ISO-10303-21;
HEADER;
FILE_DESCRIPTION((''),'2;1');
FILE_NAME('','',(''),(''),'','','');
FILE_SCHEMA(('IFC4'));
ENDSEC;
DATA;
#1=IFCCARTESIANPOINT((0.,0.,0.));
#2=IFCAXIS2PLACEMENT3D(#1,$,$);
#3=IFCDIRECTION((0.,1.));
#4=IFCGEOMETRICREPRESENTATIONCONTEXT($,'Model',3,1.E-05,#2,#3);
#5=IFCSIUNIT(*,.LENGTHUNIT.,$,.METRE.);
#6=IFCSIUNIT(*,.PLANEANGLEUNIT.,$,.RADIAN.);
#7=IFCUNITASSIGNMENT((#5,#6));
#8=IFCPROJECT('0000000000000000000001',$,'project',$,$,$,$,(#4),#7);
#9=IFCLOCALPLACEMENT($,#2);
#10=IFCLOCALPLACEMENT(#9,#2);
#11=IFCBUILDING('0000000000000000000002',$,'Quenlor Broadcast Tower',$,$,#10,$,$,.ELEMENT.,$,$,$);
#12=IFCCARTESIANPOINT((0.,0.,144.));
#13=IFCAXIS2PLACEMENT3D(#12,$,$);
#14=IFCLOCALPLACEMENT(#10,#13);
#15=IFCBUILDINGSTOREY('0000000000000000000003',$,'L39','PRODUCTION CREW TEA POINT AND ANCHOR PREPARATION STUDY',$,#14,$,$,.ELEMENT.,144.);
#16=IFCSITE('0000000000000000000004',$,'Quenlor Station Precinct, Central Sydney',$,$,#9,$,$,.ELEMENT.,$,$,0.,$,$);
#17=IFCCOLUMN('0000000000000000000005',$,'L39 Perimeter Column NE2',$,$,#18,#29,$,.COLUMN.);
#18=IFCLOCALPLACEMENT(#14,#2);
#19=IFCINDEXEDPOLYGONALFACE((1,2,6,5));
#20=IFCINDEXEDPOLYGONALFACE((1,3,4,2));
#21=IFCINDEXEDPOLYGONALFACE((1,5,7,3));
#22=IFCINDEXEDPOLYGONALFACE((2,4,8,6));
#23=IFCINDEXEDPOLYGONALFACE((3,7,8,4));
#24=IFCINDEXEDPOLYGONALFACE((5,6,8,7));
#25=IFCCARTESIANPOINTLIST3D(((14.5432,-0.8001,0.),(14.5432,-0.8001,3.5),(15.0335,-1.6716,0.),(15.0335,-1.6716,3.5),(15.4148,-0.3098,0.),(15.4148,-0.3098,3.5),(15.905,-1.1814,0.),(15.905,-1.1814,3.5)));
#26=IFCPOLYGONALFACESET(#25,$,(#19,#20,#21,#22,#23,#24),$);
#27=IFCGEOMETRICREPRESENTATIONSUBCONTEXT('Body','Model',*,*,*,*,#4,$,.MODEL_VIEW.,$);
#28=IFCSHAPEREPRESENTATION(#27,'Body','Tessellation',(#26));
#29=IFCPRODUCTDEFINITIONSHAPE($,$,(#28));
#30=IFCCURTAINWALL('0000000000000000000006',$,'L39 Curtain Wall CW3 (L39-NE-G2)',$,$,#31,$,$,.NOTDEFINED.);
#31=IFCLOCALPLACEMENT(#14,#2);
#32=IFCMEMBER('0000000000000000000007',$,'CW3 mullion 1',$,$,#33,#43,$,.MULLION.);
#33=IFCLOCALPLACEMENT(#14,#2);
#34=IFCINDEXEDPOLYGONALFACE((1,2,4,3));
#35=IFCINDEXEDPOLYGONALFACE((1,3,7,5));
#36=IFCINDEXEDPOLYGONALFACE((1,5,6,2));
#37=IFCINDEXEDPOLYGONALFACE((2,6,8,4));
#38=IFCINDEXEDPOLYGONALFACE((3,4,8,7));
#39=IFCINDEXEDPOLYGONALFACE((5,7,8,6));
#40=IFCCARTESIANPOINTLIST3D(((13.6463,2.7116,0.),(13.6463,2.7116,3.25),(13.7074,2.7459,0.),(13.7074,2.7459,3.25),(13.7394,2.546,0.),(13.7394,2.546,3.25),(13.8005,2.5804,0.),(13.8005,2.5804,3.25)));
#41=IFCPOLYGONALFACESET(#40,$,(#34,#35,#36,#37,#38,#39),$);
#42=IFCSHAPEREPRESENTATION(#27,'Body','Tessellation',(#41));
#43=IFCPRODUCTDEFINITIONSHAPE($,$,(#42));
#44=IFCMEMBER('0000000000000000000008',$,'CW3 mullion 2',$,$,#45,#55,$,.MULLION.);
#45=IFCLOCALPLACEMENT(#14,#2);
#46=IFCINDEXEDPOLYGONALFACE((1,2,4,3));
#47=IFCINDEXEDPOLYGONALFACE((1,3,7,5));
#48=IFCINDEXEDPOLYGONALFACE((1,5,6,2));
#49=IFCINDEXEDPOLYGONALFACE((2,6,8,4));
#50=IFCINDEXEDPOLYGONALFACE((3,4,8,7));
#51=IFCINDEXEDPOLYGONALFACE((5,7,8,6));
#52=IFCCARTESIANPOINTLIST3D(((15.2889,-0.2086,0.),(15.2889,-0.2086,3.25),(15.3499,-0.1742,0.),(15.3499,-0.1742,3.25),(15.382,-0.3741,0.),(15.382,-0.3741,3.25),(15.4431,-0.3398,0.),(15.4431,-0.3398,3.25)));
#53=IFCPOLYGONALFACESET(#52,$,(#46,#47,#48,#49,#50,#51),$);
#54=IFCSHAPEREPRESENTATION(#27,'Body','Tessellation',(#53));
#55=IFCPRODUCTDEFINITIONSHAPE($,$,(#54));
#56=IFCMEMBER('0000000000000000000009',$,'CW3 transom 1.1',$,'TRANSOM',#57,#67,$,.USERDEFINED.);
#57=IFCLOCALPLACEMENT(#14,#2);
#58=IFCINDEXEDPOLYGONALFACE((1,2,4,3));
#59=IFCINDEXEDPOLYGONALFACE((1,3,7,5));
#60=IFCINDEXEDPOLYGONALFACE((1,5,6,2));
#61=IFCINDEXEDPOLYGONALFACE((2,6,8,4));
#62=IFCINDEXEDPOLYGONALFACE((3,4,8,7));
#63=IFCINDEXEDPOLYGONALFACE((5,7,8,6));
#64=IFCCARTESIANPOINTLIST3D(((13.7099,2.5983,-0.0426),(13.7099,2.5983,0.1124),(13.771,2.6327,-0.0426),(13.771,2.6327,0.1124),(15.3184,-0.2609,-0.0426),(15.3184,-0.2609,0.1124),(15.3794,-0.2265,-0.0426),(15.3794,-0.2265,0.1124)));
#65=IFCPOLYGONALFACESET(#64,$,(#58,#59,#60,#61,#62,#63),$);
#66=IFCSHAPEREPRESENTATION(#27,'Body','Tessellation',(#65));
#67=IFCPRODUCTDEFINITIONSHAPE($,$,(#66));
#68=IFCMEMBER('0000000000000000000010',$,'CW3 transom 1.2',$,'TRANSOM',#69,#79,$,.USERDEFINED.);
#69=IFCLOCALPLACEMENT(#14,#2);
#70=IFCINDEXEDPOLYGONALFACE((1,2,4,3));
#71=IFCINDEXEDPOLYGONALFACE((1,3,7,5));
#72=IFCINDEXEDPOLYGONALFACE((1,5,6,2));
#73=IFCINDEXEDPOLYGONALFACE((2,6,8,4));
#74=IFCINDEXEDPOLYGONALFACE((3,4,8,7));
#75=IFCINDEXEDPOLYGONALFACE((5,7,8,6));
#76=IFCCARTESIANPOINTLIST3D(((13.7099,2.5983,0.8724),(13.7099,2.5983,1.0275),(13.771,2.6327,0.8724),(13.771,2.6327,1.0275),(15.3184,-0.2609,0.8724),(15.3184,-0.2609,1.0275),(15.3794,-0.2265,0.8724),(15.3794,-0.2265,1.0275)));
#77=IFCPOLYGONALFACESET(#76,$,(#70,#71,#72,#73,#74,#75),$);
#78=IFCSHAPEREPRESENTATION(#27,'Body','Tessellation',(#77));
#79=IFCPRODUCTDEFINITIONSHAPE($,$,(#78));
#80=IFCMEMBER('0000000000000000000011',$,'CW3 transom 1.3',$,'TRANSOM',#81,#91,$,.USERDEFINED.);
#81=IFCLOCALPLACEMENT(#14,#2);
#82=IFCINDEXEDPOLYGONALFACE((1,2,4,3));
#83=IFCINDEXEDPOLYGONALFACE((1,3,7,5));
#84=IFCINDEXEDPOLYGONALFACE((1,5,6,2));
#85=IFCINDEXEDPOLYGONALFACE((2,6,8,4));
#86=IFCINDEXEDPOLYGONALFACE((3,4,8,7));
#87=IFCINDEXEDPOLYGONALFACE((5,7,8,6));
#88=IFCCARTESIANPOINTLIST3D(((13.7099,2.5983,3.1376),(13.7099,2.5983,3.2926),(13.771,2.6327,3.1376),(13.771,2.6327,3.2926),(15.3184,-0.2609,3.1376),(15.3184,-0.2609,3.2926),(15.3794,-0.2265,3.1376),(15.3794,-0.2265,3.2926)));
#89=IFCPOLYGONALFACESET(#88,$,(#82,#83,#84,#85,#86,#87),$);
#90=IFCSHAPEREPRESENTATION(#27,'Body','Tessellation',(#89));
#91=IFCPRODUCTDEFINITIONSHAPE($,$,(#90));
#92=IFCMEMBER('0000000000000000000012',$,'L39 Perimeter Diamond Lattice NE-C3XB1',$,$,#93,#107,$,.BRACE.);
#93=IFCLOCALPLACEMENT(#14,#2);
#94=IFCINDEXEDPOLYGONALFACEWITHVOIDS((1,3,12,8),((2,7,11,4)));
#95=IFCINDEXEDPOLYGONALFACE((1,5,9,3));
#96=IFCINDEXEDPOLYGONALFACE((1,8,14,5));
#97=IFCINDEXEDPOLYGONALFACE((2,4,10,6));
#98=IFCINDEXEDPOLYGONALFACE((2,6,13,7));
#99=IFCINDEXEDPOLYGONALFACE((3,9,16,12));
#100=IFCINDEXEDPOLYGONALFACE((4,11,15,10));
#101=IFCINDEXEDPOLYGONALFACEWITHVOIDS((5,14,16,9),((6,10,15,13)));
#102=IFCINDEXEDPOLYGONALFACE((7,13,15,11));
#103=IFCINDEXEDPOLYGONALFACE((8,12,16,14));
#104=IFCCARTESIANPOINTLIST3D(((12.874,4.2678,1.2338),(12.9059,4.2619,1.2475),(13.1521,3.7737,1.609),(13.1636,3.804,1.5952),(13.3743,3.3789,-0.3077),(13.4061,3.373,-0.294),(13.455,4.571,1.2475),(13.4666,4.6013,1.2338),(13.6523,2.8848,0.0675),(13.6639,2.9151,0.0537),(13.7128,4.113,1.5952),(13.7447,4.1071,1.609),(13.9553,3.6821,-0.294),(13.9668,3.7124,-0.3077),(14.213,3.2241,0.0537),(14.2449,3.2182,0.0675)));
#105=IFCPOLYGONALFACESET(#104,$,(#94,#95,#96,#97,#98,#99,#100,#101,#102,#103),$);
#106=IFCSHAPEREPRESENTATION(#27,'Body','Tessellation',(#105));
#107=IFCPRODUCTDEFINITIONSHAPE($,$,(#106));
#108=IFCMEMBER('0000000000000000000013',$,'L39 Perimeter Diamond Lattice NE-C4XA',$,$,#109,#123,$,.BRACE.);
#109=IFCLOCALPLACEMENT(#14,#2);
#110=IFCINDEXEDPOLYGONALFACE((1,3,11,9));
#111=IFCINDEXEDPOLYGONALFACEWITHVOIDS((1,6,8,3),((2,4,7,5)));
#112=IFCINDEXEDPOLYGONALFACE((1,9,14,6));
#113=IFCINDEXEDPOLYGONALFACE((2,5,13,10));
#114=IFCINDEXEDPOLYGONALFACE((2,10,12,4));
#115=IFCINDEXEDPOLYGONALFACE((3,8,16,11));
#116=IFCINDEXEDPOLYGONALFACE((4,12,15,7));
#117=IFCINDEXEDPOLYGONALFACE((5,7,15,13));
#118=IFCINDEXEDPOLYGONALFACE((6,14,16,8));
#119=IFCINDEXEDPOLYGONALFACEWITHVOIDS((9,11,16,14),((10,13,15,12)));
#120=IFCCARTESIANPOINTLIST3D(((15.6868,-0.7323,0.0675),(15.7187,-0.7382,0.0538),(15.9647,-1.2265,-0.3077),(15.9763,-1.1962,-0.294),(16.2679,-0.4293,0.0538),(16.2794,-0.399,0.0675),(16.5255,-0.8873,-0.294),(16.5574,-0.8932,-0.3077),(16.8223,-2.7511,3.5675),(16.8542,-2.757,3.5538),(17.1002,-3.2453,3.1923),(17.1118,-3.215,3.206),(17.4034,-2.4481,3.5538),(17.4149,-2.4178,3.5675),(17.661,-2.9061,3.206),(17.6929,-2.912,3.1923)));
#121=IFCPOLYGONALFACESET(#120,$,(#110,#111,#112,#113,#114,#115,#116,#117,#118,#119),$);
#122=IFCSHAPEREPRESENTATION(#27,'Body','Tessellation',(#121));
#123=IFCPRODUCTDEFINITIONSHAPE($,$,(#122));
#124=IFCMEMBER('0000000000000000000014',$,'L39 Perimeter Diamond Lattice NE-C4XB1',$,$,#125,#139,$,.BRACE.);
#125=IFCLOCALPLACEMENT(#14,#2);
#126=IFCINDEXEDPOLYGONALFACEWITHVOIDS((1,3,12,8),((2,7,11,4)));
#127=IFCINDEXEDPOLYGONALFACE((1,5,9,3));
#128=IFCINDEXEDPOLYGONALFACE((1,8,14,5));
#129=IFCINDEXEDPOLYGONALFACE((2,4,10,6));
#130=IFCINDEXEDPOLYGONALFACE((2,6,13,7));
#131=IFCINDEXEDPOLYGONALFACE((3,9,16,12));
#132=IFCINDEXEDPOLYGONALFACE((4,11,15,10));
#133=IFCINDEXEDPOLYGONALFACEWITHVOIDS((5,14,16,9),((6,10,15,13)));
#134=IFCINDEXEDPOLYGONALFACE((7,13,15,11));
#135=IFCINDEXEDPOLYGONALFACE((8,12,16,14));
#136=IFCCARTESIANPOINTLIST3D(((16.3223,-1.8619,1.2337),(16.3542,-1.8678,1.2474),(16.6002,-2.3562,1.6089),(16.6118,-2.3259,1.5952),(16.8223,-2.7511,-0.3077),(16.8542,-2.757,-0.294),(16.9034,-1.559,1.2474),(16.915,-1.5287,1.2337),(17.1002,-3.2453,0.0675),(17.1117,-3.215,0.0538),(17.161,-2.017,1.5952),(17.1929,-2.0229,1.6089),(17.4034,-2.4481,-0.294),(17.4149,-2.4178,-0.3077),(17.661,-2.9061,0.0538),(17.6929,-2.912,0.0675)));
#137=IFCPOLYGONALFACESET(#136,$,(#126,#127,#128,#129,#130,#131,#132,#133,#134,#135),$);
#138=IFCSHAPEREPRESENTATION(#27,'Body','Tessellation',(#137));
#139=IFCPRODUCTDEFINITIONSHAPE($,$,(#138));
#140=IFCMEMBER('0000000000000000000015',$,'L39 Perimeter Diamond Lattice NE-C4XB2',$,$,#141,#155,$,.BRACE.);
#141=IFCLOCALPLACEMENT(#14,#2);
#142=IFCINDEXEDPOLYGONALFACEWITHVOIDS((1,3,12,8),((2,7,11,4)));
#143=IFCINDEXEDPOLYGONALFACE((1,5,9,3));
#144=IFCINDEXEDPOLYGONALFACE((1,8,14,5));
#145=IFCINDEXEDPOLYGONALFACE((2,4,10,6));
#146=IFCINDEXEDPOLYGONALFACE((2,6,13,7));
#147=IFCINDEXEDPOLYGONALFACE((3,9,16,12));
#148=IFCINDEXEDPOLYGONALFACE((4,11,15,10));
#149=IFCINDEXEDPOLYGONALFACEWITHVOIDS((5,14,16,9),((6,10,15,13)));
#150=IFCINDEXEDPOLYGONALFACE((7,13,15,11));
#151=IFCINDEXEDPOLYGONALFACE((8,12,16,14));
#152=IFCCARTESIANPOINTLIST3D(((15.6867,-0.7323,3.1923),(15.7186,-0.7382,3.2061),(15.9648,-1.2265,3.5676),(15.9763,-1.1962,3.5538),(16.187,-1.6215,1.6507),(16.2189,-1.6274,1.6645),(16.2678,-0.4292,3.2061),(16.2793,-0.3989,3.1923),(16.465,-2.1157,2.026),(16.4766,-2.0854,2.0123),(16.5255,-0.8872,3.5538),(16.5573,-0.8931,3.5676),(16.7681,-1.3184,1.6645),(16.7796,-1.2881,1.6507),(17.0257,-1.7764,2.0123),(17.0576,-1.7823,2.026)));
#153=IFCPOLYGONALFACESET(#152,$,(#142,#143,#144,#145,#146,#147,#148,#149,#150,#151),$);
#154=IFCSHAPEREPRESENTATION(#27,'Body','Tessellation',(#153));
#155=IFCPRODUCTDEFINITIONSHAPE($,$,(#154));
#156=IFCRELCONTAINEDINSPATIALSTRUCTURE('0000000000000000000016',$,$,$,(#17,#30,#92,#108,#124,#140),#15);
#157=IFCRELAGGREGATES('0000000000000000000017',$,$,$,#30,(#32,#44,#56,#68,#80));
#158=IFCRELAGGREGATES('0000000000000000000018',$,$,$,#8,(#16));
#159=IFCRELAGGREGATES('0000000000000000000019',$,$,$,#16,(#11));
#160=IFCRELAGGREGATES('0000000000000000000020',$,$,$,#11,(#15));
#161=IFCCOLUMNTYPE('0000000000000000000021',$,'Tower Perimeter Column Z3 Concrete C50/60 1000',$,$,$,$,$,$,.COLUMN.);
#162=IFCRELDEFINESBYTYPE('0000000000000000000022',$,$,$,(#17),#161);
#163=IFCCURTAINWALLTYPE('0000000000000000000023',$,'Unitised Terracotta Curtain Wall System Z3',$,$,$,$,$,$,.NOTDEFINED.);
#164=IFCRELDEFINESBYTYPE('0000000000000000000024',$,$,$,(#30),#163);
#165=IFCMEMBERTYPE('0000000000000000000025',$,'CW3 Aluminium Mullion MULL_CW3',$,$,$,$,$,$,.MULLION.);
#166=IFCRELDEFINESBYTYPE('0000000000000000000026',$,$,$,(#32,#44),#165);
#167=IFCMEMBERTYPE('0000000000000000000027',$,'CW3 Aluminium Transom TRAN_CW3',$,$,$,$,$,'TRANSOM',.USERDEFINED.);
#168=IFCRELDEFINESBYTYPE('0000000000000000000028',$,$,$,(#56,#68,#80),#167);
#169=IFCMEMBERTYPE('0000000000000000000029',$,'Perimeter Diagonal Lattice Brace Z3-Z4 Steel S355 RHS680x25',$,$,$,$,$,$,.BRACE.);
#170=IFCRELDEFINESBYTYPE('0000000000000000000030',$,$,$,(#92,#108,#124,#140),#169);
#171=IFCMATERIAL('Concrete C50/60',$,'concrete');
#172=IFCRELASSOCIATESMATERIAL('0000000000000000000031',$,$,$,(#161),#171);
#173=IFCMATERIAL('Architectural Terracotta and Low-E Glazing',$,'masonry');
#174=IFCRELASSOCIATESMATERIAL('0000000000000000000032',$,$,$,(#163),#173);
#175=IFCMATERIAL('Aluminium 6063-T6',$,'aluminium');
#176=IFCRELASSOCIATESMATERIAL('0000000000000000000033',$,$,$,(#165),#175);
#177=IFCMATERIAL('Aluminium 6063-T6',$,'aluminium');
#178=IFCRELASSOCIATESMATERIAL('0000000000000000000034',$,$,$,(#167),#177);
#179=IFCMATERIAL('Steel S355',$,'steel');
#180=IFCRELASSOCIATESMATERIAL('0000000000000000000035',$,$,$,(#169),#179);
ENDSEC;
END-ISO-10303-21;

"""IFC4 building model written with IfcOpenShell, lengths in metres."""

from ifc_helpers import new_model, si_unit, direction, frame, origin, origin_2d, place, context, subcontext, project, spatial, rectangle, hollow_rectangle, extrude, material, material_profile, profile_set, type_object, element, aggregate, save


model = new_model("IFC4")

# Units and contexts
model_context = context("Model", 3, precision=1e-05, world=origin(), true_north=direction((0.0, 1.0)))
body_context = subcontext(model_context, "Body", "Model", "MODEL_VIEW")
ifc_project = project(units=[si_unit("LENGTHUNIT", "METRE"), si_unit("PLANEANGLEUNIT", "RADIAN")], contexts=[model_context])

# Site, building, storey
site_placement = place(None, origin())
site = spatial("IfcSite", under=ifc_project, at=site_placement, Name="Quenlor Station Precinct, Central Sydney", CompositionType="ELEMENT", RefElevation=0.0)
building_placement = place(site_placement, origin())
building = spatial("IfcBuilding", under=site, at=building_placement, Name="Quenlor Broadcast Tower", CompositionType="ELEMENT")
storey_placement = place(building_placement, frame((0.0, 0.0, 144.0)))
storey = spatial("IfcBuildingStorey", under=building, at=storey_placement, Name="L39", Description="PRODUCTION CREW TEA POINT AND ANCHOR PREPARATION STUDY", CompositionType="ELEMENT", Elevation=144.0)

# Column
ifc_material_1 = material(Name="Concrete C50/60", Category="concrete")
ifc_material_profile_1 = material_profile(ifc_material_1, rectangle(XDim=1.0, YDim=1.0, at=origin_2d()))
ifc_profile_set_1 = profile_set([ifc_material_profile_1], Name="Concrete C50/60 RC1000x1000")
column_type = type_object("IfcColumnType", Name="Tower Perimeter Column Z3 Concrete C50/60 1000", PredefinedType="COLUMN", material=ifc_profile_set_1)
column_placement = place(storey_placement, frame((15.2241, -0.9907, 0.0), z_axis=(0.0, 0.0, 1.0), x_axis=(0.871575, 0.490262, 0.0)))
element("IfcColumn", 1, at=column_placement, inside=storey, type_object=column_type, Name="L39 Perimeter Column NE2", PredefinedType="COLUMN", context=body_context, shape_type="SweptSolid", body=[
    extrude(rectangle(XDim=1.0, YDim=1.0, at=origin_2d()), origin(), (0.0, 0.0, 1.0), 3.5),
])

# Curtain wall, members
ifc_material_2 = material(Name="Architectural Terracotta and Low-E Glazing", Category="masonry")
curtain_wall_type = type_object("IfcCurtainWallType", Name="Unitised Terracotta Curtain Wall System Z3", PredefinedType="NOTDEFINED", material=ifc_material_2)
curtain_wall_placement = place(storey_placement, origin())
curtain_wall = element("IfcCurtainWall", 2, at=curtain_wall_placement, inside=storey, type_object=curtain_wall_type, Name="L39 Curtain Wall CW3 (L39-NE-G2)", PredefinedType="NOTDEFINED")
ifc_material_3 = material(Name="Aluminium 6063-T6", Category="aluminium")
ifc_material_profile_2 = material_profile(ifc_material_3, rectangle(XDim=0.0701, YDim=0.1899, at=origin_2d()))
ifc_profile_set_2 = profile_set([ifc_material_profile_2], Name="Aluminium 6063-T6 MULL70x190")
member_type_1 = type_object("IfcMemberType", Name="CW3 Aluminium Mullion MULL_CW3", PredefinedType="MULLION", material=ifc_profile_set_2)
member_1_placement = place(storey_placement, frame((13.7234, 2.646, 0.0), z_axis=(0.0, 0.0, 1.0), x_axis=(0.871572, 0.490268, 0.0)))
member_1 = element("IfcMember", 3, at=member_1_placement, type_object=member_type_1, Name="CW3 mullion 1", PredefinedType="MULLION", context=body_context, shape_type="SweptSolid", body=[
    extrude(rectangle(XDim=0.0701, YDim=0.1899, at=origin_2d()), origin(), (0.0, 0.0, 1.0), 3.25),
])
member_2_placement = place(storey_placement, frame((15.366, -0.2742, 0.0), z_axis=(0.0, 0.0, 1.0), x_axis=(0.871572, 0.490268, 0.0)))
member_2 = element("IfcMember", 4, at=member_2_placement, type_object=member_type_1, Name="CW3 mullion 2", PredefinedType="MULLION", context=body_context, shape_type="SweptSolid", body=[
    extrude(rectangle(XDim=0.0701, YDim=0.1899, at=origin_2d()), origin(), (0.0, 0.0, 1.0), 3.25),
])
ifc_material_4 = material(Name="Aluminium 6063-T6", Category="aluminium")
ifc_material_profile_3 = material_profile(ifc_material_4, rectangle(XDim=0.0701, YDim=0.155, at=origin_2d()))
ifc_profile_set_3 = profile_set([ifc_material_profile_3], Name="Aluminium 6063-T6 TRAN70x155")
member_type_2 = type_object("IfcMemberType", Name="CW3 Aluminium Transom TRAN_CW3", ElementType="TRANSOM", PredefinedType="USERDEFINED", material=ifc_profile_set_3)
member_3_placement = place(storey_placement, frame((13.7405, 2.6155, 0.0349), z_axis=(0.490293, -0.871558, 0.0), x_axis=(0.871558, 0.490293, 0.0)))
member_3 = element("IfcMember", 5, at=member_3_placement, type_object=member_type_2, Name="CW3 transom 1.1", ObjectType="TRANSOM", PredefinedType="USERDEFINED", context=body_context, shape_type="SweptSolid", body=[
    extrude(rectangle(XDim=0.0701, YDim=0.155, at=origin_2d()), origin(), (0.0, 0.0, 1.0), 3.2805),
])
member_4_placement = place(storey_placement, frame((13.7405, 2.6155, 0.95), z_axis=(0.490293, -0.871558, 0.0), x_axis=(0.871558, 0.490293, 0.0)))
member_4 = element("IfcMember", 6, at=member_4_placement, type_object=member_type_2, Name="CW3 transom 1.2", ObjectType="TRANSOM", PredefinedType="USERDEFINED", context=body_context, shape_type="SweptSolid", body=[
    extrude(rectangle(XDim=0.0701, YDim=0.155, at=origin_2d()), origin(), (0.0, 0.0, 1.0), 3.2805),
])
member_5_placement = place(storey_placement, frame((13.7405, 2.6155, 3.2151), z_axis=(0.490293, -0.871558, 0.0), x_axis=(0.871558, 0.490293, 0.0)))
member_5 = element("IfcMember", 7, at=member_5_placement, type_object=member_type_2, Name="CW3 transom 1.3", ObjectType="TRANSOM", PredefinedType="USERDEFINED", context=body_context, shape_type="SweptSolid", body=[
    extrude(rectangle(XDim=0.0701, YDim=0.155, at=origin_2d()), origin(), (0.0, 0.0, 1.0), 3.2805),
])

# Members
ifc_material_5 = material(Name="Steel S355", Category="steel")
ifc_material_profile_4 = material_profile(ifc_material_5, hollow_rectangle(XDim=0.6799, YDim=0.6799, WallThickness=0.0249, at=origin_2d()))
ifc_profile_set_4 = profile_set([ifc_material_profile_4], Name="Steel S355 RHS680x680x25")
member_type_3 = type_object("IfcMemberType", Name="Perimeter Diagonal Lattice Brace Z3-Z4 Steel S355 RHS680x25", PredefinedType="BRACE", material=ifc_profile_set_4)
member_6_placement = place(storey_placement, frame((13.8096, 3.2986, -0.1201), z_axis=(-0.270634, 0.480906, 0.833958), x_axis=(-0.87148, -0.490432, 0.0)))
element("IfcMember", 8, at=member_6_placement, inside=storey, type_object=member_type_3, Name="L39 Perimeter Diamond Lattice NE-C3XB1", PredefinedType="BRACE", context=body_context, shape_type="SweptSolid", body=[
    extrude(hollow_rectangle(XDim=0.6799, YDim=0.6799, WallThickness=0.0249, at=origin_2d()), origin(), (0.0, 0.0, 1.0), 1.8484),
])
member_7_placement = place(storey_placement, frame((16.1221, -0.8127, -0.1201), z_axis=(0.270549, -0.481009, 0.833927), x_axis=(0.87159, 0.490236, 0.0)))
element("IfcMember", 9, at=member_7_placement, inside=storey, type_object=member_type_3, Name="L39 Perimeter Diamond Lattice NE-C4XA", PredefinedType="BRACE", context=body_context, shape_type="SweptSolid", body=[
    extrude(hollow_rectangle(XDim=0.6799, YDim=0.6799, WallThickness=0.0249, at=origin_2d()), origin(), (0.0, 0.0, 1.0), 4.197),
])
member_8_placement = place(storey_placement, frame((17.2576, -2.8315, -0.1201), z_axis=(-0.270494, 0.481025, 0.833935), x_axis=(-0.871639, -0.490148, 0.0)))
element("IfcMember", 10, at=member_8_placement, inside=storey, type_object=member_type_3, Name="L39 Perimeter Diamond Lattice NE-C4XB1", PredefinedType="BRACE", context=body_context, shape_type="SweptSolid", body=[
    extrude(hollow_rectangle(XDim=0.6799, YDim=0.6799, WallThickness=0.0249, at=origin_2d()), origin(), (0.0, 0.0, 1.0), 1.8484),
])
member_9_placement = place(storey_placement, frame((16.6223, -1.7019, 1.8384), z_axis=(-0.270616, 0.481008, 0.833905), x_axis=(-0.871537, -0.490329, 0.0)))
element("IfcMember", 11, at=member_9_placement, inside=storey, type_object=member_type_3, Name="L39 Perimeter Diamond Lattice NE-C4XB2", PredefinedType="BRACE", context=body_context, shape_type="SweptSolid", body=[
    extrude(hollow_rectangle(XDim=0.6799, YDim=0.6799, WallThickness=0.0249, at=origin_2d()), origin(), (0.0, 0.0, 1.0), 1.8486),
])

aggregate(curtain_wall, [member_1, member_2, member_3, member_4, member_5])

save(model, "model.ifc")
